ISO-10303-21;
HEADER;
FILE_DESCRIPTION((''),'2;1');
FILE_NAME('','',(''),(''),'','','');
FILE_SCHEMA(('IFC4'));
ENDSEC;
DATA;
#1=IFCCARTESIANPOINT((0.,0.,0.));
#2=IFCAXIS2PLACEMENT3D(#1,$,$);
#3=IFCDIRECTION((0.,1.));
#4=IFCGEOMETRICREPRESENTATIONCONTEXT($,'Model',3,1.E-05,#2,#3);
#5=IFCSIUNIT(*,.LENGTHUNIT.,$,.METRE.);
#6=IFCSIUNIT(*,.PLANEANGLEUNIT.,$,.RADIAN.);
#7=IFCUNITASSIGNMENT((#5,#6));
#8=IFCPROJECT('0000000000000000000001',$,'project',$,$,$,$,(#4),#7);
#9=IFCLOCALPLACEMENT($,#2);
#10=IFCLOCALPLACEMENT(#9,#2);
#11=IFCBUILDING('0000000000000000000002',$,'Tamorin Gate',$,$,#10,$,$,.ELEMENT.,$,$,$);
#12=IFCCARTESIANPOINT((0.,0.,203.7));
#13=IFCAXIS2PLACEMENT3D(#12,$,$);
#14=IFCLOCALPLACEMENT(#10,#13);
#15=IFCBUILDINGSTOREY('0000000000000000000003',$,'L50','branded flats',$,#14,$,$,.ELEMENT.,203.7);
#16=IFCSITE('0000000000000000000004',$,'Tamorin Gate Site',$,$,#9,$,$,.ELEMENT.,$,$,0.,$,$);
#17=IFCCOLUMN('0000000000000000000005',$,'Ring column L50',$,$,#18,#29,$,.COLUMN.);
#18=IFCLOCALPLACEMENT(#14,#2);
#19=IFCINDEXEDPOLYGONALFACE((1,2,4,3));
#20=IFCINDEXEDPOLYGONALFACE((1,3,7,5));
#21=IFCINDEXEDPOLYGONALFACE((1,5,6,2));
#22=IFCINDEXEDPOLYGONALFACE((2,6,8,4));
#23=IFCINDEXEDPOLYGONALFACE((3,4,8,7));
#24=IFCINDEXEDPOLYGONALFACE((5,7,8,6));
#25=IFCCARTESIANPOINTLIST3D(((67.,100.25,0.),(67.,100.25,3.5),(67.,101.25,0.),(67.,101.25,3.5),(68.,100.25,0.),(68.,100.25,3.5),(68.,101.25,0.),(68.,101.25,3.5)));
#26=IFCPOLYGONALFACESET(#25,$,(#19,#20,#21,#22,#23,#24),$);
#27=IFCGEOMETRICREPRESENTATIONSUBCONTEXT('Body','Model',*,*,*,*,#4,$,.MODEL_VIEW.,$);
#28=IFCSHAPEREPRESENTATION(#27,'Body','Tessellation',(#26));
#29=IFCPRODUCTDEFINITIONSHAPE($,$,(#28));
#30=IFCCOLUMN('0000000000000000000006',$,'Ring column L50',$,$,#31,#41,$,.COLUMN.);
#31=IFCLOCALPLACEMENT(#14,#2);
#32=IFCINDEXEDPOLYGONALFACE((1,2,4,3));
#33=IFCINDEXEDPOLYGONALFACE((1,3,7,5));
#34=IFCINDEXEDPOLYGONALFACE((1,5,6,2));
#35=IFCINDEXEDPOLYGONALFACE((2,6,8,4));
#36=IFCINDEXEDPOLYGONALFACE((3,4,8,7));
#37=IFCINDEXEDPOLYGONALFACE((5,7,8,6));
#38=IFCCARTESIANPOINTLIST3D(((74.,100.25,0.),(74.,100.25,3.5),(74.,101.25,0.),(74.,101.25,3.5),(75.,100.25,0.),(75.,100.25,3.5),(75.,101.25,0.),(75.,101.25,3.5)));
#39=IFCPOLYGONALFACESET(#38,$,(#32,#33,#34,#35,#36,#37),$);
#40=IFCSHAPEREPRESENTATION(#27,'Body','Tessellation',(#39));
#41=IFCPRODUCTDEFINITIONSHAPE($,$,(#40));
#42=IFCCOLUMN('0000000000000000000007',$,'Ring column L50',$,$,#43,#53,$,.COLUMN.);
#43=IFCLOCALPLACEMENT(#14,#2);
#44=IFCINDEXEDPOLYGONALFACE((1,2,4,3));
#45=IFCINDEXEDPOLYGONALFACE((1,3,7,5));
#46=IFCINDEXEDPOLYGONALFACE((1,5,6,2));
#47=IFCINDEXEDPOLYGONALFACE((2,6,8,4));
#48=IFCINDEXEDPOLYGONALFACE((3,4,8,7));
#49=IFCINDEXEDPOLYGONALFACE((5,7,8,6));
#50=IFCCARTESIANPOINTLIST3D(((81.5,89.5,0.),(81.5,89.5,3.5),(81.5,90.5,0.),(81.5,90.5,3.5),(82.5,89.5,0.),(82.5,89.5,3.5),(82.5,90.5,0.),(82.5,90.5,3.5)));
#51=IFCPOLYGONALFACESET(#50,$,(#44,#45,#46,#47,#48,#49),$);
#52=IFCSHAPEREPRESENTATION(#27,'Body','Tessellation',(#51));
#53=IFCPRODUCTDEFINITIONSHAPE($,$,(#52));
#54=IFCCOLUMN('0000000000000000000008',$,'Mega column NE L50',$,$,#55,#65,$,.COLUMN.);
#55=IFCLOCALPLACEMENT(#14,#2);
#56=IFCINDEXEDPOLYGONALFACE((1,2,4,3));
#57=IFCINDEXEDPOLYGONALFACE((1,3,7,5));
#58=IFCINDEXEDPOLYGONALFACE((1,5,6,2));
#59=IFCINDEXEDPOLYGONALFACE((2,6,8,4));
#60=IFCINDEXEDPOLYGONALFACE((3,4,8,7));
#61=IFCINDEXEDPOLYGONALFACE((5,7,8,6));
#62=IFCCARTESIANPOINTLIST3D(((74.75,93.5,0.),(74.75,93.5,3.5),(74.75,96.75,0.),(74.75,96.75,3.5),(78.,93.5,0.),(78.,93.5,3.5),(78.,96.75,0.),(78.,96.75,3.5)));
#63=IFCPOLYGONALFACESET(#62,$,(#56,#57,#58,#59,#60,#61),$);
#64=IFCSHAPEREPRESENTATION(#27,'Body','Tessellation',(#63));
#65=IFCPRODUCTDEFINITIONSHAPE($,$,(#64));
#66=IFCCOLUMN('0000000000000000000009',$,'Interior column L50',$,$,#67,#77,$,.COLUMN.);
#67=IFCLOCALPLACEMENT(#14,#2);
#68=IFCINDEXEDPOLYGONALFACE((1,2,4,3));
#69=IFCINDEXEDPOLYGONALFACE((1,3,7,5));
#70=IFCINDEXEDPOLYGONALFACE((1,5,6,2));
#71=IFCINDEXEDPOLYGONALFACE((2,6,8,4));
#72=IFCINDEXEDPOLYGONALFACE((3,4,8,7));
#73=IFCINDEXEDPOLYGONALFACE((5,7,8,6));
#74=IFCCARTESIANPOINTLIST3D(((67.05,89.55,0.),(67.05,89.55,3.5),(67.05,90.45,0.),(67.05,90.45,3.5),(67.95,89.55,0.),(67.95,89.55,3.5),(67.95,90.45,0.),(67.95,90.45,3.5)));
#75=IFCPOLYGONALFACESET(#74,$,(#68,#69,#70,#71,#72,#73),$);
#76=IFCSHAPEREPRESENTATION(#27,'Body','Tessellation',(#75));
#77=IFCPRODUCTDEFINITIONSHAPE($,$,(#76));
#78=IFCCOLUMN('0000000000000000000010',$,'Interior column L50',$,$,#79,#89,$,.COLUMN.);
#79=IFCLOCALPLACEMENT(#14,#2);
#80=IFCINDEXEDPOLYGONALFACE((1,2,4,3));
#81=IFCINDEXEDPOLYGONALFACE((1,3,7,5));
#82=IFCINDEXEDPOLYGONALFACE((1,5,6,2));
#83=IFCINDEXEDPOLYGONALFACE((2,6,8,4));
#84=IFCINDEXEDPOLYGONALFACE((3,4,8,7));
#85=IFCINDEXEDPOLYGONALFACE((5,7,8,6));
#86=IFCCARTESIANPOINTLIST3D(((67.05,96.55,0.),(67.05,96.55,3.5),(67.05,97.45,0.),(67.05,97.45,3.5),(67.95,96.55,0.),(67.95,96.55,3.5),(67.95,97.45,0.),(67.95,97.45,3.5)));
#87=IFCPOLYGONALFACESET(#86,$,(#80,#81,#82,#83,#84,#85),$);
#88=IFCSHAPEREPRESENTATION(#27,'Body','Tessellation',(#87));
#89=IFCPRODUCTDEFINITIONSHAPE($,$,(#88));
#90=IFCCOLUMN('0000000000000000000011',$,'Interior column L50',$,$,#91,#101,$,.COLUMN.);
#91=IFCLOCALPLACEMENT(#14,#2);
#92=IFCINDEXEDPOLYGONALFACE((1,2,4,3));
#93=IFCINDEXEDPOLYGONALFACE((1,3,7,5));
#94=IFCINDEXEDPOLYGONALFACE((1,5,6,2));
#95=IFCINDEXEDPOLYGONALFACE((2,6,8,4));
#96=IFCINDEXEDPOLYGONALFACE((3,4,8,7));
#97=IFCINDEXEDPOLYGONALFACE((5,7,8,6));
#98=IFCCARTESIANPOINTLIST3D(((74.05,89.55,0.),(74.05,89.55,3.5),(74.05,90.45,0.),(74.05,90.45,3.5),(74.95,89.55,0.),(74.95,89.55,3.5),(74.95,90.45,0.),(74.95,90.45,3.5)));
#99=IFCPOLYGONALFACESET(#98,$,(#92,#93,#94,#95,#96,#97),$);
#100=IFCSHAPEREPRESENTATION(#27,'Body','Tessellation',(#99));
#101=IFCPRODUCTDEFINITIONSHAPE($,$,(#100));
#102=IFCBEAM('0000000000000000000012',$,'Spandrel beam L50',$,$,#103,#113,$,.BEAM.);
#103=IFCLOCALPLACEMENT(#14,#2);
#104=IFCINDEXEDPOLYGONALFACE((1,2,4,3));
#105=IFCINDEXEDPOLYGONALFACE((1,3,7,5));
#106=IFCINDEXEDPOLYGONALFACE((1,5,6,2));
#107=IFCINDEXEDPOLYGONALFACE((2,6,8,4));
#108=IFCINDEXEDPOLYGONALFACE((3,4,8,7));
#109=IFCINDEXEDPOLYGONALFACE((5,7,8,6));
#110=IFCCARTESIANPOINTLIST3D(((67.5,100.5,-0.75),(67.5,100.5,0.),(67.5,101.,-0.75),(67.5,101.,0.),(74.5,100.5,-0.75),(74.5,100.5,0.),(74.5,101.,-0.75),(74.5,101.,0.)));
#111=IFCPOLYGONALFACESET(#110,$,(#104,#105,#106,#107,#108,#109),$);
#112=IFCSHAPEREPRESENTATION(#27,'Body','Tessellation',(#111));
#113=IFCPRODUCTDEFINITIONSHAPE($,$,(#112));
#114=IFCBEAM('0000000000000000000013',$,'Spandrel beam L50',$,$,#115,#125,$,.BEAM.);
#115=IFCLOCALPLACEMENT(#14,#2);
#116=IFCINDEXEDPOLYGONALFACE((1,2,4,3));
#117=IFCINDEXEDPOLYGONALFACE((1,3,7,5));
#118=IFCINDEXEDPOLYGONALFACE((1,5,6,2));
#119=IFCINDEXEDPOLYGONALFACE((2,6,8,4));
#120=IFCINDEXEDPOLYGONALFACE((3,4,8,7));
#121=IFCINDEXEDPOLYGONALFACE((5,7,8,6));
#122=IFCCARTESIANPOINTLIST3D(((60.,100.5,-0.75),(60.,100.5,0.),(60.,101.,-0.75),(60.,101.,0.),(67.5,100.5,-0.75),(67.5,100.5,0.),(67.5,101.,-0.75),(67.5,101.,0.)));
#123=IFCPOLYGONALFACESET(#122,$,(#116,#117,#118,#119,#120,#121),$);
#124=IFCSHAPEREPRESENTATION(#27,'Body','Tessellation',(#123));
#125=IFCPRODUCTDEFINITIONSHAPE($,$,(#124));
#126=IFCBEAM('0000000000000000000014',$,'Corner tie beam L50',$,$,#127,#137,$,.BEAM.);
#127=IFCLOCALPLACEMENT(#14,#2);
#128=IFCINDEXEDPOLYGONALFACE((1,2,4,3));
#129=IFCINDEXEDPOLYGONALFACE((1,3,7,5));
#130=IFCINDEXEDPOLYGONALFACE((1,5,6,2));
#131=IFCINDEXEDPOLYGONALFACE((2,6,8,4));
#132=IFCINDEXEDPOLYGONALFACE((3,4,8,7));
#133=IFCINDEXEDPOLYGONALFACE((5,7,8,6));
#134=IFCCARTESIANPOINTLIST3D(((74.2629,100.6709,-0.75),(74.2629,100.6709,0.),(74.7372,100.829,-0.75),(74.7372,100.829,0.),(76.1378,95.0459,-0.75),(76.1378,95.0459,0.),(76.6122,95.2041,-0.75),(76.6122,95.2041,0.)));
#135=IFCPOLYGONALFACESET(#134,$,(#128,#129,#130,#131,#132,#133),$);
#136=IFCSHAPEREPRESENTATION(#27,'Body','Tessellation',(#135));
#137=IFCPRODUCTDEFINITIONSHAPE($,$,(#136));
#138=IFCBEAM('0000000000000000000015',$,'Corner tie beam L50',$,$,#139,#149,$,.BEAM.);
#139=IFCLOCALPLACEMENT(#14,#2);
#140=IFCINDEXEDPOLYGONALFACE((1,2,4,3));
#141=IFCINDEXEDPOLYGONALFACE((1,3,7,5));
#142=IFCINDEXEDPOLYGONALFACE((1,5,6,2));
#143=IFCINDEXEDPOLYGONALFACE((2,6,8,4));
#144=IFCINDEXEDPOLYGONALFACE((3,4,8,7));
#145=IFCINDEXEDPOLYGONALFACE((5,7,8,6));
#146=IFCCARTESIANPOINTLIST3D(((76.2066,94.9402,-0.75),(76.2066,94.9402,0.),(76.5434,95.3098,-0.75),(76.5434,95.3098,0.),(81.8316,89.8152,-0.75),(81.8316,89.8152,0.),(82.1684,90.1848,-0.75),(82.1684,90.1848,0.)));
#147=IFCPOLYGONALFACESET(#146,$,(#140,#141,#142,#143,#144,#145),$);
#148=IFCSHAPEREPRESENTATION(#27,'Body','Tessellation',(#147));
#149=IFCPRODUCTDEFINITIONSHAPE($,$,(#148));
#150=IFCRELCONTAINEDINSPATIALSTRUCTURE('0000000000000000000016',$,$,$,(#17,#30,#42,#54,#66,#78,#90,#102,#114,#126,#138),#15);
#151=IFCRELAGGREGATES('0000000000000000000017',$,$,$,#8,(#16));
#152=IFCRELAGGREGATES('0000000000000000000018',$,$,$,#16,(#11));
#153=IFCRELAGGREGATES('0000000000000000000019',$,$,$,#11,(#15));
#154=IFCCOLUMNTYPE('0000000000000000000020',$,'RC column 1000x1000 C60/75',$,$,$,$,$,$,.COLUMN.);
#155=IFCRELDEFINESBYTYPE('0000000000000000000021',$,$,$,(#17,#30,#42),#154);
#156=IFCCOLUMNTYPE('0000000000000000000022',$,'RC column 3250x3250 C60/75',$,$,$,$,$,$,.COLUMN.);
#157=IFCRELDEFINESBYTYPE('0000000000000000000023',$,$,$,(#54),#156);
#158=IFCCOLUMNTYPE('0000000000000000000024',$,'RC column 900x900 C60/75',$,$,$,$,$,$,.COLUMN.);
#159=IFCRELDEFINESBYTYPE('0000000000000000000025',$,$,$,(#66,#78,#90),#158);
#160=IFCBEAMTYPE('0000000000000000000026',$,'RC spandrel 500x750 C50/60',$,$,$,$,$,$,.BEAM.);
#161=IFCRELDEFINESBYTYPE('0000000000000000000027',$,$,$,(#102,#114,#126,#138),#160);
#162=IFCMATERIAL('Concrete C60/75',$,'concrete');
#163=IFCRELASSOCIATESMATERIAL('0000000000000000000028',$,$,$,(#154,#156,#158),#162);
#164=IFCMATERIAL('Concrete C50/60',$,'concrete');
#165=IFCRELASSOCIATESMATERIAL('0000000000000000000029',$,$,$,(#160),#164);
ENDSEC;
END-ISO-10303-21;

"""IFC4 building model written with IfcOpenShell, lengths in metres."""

from ifc_helpers import new_model, si_unit, direction, frame, origin, origin_2d, place, context, subcontext, project, spatial, rectangle, extrude, material, material_profile, profile_set, type_object, element, save


model = new_model("IFC4")

# Units and contexts
model_context = context("Model", 3, precision=1e-05, world=origin(), true_north=direction((0.0, 1.0)))
body_context = subcontext(model_context, "Body", "Model", "MODEL_VIEW")
ifc_project = project(units=[si_unit("LENGTHUNIT", "METRE"), si_unit("PLANEANGLEUNIT", "RADIAN")], contexts=[model_context])

# Site, building, storey
site_placement = place(None, origin())
site = spatial("IfcSite", under=ifc_project, at=site_placement, Name="Tamorin Gate Site", CompositionType="ELEMENT", RefElevation=0.0)
building_placement = place(site_placement, origin())
building = spatial("IfcBuilding", under=site, at=building_placement, Name="Tamorin Gate", CompositionType="ELEMENT")
storey_placement = place(building_placement, frame((0.0, 0.0, 203.7)))
storey = spatial("IfcBuildingStorey", under=building, at=storey_placement, Name="L50", Description="branded flats", CompositionType="ELEMENT", Elevation=203.7)

# Columns
ifc_material_1 = material(Name="Concrete C60/75", Category="concrete")
ifc_material_profile_1 = material_profile(ifc_material_1, rectangle(XDim=1.0, YDim=1.0, at=origin_2d()), Name="RC 1000x1000")
ifc_profile_set_1 = profile_set([ifc_material_profile_1], Name="Concrete C60/75")
column_type_1 = type_object("IfcColumnType", Name="RC column 1000x1000 C60/75", PredefinedType="COLUMN", material=ifc_profile_set_1)
for number, where, z_axis, x_axis, name in (
    (1, (67.5, 100.75, 0.0), (0.0, 0.0, 1.0), (1.0, 0.0, 0.0), "Ring column L50"),
    (2, (74.5, 100.75, 0.0), (0.0, 0.0, 1.0), (1.0, 0.0, 0.0), "Ring column L50"),
    (3, (82.0, 90.0, 0.0), (0.0, 0.0, 1.0), (1.0, 0.0, 0.0), "Ring column L50"),
):
    element("IfcColumn", number, at=place(storey_placement, frame(where, z_axis=z_axis, x_axis=x_axis)), inside=storey, type_object=column_type_1, Name=name, PredefinedType="COLUMN", context=body_context, shape_type="SweptSolid", body=[
        extrude(rectangle(XDim=1.0, YDim=1.0, at=origin_2d()), origin(), (0.0, 0.0, 1.0), 3.5),
    ])
ifc_material_profile_2 = material_profile(ifc_material_1, rectangle(XDim=3.25, YDim=3.25, at=origin_2d()), Name="RC 3250x3250")
ifc_profile_set_2 = profile_set([ifc_material_profile_2], Name="Concrete C60/75")
column_type_2 = type_object("IfcColumnType", Name="RC column 3250x3250 C60/75", PredefinedType="COLUMN", material=ifc_profile_set_2)
column_placement = place(storey_placement, frame((76.375, 95.125, 0.0), z_axis=(0.0, 0.0, 1.0), x_axis=(1.0, 0.0, 0.0)))
element("IfcColumn", 4, at=column_placement, inside=storey, type_object=column_type_2, Name="Mega column NE L50", PredefinedType="COLUMN", context=body_context, shape_type="SweptSolid", body=[
    extrude(rectangle(XDim=3.25, YDim=3.25, at=origin_2d()), origin(), (0.0, 0.0, 1.0), 3.5),
])
ifc_material_profile_3 = material_profile(ifc_material_1, rectangle(XDim=0.8999, YDim=0.8999, at=origin_2d()), Name="RC 900x900")
ifc_profile_set_3 = profile_set([ifc_material_profile_3], Name="Concrete C60/75")
column_type_3 = type_object("IfcColumnType", Name="RC column 900x900 C60/75", PredefinedType="COLUMN", material=ifc_profile_set_3)
for number, where, z_axis, x_axis, name in (
    (5, (67.5, 90.0, 0.0), (0.0, 0.0, 1.0), (1.0, 0.0, 0.0), "Interior column L50"),
    (6, (67.5, 97.0, 0.0), (0.0, 0.0, 1.0), (1.0, 0.0, 0.0), "Interior column L50"),
    (7, (74.5, 90.0, 0.0), (0.0, 0.0, 1.0), (1.0, 0.0, 0.0), "Interior column L50"),
):
    element("IfcColumn", number, at=place(storey_placement, frame(where, z_axis=z_axis, x_axis=x_axis)), inside=storey, type_object=column_type_3, Name=name, PredefinedType="COLUMN", context=body_context, shape_type="SweptSolid", body=[
        extrude(rectangle(XDim=0.8999, YDim=0.8999, at=origin_2d()), origin(), (0.0, 0.0, 1.0), 3.5),
    ])

# Beams
ifc_material_2 = material(Name="Concrete C50/60", Category="concrete")
ifc_material_profile_4 = material_profile(ifc_material_2, rectangle(XDim=0.5, YDim=0.75, at=origin_2d()), Name="RC 500x750")
ifc_profile_set_4 = profile_set([ifc_material_profile_4], Name="Concrete C50/60")
beam_type = type_object("IfcBeamType", Name="RC spandrel 500x750 C50/60", PredefinedType="BEAM", material=ifc_profile_set_4)
beam_1_placement = place(storey_placement, frame((74.5, 100.75, -0.375), z_axis=(-1.0, 0.0, 0.0), x_axis=(0.0, -1.0, 0.0)))
element("IfcBeam", 8, at=beam_1_placement, inside=storey, type_object=beam_type, Name="Spandrel beam L50", PredefinedType="BEAM", context=body_context, shape_type="SweptSolid", body=[
    extrude(rectangle(XDim=0.5, YDim=0.75, at=origin_2d()), origin(), (0.0, 0.0, 1.0), 7.0),
])
beam_2_placement = place(storey_placement, frame((67.5, 100.75, -0.375), z_axis=(-1.0, 0.0, 0.0), x_axis=(0.0, -1.0, 0.0)))
element("IfcBeam", 9, at=beam_2_placement, inside=storey, type_object=beam_type, Name="Spandrel beam L50", PredefinedType="BEAM", context=body_context, shape_type="SweptSolid", body=[
    extrude(rectangle(XDim=0.5, YDim=0.75, at=origin_2d()), origin(), (0.0, 0.0, 1.0), 7.5),
])
beam_3_placement = place(storey_placement, frame((76.375, 95.125, -0.375), z_axis=(-0.316228, 0.948683, 0.0), x_axis=(-0.948683, -0.316228, 0.0)))
element("IfcBeam", 10, at=beam_3_placement, inside=storey, type_object=beam_type, Name="Corner tie beam L50", PredefinedType="BEAM", context=body_context, shape_type="SweptSolid", body=[
    extrude(rectangle(XDim=0.5, YDim=0.75, at=origin_2d()), origin(), (0.0, 0.0, 1.0), 5.9292),
])
beam_4_placement = place(storey_placement, frame((76.375, 95.125, -0.375), z_axis=(0.739196, -0.67349, 0.0), x_axis=(0.67349, 0.739196, 0.0)))
element("IfcBeam", 11, at=beam_4_placement, inside=storey, type_object=beam_type, Name="Corner tie beam L50", PredefinedType="BEAM", context=body_context, shape_type="SweptSolid", body=[
    extrude(rectangle(XDim=0.5, YDim=0.75, at=origin_2d()), origin(), (0.0, 0.0, 1.0), 7.6096),
])

save(model, "model.ifc")
